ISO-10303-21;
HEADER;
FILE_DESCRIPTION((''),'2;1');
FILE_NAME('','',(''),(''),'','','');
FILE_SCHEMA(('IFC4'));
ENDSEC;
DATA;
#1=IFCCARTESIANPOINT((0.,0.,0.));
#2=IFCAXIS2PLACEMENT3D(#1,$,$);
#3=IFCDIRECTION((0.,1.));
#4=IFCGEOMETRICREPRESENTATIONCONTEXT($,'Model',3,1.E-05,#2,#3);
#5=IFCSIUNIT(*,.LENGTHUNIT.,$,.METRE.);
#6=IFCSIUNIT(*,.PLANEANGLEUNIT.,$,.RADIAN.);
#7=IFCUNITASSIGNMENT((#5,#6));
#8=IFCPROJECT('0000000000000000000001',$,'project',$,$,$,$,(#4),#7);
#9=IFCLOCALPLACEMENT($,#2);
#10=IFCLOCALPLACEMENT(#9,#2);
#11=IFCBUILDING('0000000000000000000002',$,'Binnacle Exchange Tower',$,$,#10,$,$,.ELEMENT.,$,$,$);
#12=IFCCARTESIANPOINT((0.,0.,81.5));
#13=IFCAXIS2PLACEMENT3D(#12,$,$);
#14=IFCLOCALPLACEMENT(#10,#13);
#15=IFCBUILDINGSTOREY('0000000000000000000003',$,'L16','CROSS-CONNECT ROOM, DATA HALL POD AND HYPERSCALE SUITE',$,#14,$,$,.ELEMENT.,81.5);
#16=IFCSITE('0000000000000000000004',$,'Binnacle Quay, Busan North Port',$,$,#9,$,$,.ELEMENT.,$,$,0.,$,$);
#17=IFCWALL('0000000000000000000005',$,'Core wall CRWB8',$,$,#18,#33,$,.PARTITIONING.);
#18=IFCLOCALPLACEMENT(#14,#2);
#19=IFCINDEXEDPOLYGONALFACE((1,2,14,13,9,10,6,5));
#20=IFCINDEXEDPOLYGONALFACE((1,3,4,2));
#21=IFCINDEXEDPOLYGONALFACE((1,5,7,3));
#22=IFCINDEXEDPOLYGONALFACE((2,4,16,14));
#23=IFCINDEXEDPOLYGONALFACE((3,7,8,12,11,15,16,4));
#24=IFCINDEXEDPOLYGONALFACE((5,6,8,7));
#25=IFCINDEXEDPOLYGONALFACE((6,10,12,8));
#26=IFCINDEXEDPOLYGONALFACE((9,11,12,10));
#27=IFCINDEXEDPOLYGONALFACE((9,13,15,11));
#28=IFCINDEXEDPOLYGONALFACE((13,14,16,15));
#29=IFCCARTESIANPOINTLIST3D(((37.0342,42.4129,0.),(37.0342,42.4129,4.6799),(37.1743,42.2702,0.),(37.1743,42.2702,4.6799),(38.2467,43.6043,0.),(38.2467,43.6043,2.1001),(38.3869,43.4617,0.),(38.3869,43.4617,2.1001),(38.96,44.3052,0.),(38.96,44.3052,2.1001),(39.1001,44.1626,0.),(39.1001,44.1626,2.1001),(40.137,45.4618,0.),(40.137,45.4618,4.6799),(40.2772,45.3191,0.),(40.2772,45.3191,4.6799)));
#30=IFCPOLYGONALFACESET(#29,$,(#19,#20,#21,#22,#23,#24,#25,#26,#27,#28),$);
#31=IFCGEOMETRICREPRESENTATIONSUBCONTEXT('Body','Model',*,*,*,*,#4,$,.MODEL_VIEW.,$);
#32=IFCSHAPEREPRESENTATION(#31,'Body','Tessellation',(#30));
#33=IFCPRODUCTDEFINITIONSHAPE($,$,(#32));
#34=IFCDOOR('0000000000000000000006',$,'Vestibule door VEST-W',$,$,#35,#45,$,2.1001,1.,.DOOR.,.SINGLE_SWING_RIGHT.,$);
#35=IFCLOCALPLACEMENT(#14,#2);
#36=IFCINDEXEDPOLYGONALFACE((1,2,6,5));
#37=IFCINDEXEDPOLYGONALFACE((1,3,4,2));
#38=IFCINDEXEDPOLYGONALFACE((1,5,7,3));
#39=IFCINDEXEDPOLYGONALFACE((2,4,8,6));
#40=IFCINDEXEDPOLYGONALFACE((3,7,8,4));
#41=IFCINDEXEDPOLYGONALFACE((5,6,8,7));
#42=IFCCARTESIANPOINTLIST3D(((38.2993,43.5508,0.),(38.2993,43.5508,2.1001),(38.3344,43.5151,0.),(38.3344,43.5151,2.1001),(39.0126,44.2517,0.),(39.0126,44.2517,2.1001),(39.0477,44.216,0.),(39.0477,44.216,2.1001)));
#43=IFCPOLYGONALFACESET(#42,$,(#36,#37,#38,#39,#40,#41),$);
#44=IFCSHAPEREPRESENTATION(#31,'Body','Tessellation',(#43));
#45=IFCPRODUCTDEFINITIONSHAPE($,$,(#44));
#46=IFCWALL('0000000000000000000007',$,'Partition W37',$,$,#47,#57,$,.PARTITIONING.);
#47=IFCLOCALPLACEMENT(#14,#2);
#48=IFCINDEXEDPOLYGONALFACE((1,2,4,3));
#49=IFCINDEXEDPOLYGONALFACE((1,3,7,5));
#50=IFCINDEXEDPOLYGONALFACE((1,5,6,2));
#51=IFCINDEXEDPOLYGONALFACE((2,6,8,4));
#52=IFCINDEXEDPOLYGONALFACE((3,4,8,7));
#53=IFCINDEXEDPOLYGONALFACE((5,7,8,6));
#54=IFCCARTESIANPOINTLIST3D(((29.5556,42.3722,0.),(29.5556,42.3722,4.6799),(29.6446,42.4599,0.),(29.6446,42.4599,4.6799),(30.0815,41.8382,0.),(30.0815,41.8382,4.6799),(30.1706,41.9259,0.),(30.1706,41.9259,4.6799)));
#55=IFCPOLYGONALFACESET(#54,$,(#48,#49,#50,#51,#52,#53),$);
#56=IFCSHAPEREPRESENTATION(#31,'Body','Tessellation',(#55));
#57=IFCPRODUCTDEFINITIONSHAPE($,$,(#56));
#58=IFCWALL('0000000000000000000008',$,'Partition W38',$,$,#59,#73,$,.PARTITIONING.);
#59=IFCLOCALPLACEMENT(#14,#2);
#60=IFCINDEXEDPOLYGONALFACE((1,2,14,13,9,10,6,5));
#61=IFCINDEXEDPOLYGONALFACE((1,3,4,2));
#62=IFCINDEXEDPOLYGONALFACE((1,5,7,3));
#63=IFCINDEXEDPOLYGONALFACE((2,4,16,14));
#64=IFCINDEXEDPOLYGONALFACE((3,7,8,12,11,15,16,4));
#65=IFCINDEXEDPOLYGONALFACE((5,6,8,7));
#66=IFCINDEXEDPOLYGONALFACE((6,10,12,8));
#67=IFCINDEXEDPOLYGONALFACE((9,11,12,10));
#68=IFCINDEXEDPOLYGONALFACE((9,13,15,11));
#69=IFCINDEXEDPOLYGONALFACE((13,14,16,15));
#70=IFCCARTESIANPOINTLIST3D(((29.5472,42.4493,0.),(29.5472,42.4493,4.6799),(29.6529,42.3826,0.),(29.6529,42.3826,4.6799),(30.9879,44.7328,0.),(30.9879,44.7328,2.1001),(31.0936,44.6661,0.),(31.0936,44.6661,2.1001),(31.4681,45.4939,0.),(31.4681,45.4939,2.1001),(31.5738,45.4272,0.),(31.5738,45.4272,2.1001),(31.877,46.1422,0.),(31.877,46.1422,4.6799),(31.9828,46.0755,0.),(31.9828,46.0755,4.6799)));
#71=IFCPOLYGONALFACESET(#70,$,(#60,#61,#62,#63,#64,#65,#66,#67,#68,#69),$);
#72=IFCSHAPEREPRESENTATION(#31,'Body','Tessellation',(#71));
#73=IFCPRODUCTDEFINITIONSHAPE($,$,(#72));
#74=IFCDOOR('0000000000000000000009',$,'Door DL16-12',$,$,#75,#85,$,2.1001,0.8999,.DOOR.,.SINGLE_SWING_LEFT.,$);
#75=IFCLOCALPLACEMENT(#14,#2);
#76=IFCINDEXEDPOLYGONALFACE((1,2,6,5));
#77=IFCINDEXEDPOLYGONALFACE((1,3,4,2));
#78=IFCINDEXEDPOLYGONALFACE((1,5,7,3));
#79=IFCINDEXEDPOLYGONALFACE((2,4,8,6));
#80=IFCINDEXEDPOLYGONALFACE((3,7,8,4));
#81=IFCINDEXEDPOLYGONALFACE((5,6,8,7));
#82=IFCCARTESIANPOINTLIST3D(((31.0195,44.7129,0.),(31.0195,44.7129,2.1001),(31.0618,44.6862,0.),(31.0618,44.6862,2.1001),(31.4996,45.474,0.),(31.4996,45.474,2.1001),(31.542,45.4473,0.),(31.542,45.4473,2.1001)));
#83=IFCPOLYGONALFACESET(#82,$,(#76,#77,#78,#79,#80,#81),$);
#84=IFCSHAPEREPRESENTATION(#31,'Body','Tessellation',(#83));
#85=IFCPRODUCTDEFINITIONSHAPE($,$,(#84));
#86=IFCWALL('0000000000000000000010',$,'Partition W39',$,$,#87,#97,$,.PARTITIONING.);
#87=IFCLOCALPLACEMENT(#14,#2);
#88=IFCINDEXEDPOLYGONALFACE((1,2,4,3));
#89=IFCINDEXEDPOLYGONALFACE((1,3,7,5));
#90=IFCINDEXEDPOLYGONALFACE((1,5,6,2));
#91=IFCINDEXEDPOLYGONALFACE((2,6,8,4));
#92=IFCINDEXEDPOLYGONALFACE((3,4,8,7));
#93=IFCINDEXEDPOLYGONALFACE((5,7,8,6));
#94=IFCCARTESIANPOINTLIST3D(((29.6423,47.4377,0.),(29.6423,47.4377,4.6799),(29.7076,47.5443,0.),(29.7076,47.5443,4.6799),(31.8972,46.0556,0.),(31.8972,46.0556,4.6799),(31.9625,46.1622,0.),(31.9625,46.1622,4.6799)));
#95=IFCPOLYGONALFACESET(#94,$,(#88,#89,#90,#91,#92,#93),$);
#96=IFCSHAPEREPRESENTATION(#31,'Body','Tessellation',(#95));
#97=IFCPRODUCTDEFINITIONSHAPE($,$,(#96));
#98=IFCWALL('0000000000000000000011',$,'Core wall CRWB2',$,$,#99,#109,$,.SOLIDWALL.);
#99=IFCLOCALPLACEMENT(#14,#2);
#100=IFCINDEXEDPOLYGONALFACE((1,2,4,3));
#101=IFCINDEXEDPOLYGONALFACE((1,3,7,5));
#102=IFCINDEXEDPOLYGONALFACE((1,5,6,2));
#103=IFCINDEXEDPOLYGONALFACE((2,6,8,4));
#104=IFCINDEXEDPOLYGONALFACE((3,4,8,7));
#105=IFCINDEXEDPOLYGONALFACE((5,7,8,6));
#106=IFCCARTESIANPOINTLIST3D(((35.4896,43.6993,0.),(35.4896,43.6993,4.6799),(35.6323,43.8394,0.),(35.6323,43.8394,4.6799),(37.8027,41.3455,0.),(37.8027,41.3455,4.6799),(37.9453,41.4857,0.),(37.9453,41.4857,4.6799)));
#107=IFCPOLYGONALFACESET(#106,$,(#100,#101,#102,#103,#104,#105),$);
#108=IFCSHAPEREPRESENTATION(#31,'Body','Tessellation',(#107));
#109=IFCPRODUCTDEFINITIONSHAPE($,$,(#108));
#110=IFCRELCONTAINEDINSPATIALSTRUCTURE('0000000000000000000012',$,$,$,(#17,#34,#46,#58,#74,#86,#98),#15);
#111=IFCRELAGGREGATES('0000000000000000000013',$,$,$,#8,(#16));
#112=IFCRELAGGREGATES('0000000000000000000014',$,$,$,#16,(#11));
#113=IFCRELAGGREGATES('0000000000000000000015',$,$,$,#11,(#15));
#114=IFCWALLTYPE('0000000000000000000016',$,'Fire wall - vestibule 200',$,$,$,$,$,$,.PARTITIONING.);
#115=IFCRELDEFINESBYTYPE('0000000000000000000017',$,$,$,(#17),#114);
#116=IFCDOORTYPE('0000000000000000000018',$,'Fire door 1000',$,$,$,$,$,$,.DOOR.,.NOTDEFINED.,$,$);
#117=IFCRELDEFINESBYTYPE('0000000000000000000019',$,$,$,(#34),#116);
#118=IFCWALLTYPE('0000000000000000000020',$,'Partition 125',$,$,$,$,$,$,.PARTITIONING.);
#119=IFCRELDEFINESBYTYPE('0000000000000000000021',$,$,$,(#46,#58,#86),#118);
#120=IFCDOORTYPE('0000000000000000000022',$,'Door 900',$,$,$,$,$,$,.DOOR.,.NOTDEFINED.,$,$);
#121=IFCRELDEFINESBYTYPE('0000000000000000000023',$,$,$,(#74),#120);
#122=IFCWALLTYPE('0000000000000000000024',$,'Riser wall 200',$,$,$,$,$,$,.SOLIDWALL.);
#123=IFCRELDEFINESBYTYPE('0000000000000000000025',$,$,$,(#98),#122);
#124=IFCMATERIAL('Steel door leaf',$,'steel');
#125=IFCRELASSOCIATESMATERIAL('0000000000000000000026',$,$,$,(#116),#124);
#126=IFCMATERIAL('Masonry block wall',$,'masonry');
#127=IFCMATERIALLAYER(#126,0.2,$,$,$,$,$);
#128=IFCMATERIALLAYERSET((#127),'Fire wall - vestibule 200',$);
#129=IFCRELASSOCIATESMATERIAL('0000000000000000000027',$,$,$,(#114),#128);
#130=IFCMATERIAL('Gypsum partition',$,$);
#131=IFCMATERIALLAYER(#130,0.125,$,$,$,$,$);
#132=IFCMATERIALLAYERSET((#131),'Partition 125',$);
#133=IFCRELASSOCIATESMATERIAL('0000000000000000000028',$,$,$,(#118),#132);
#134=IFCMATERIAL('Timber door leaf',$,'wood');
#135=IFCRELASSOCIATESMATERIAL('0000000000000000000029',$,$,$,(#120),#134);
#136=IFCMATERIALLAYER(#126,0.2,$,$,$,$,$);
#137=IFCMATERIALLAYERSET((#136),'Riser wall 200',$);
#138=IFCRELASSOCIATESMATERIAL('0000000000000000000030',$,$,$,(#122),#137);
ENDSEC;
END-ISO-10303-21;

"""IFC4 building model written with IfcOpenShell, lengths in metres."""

from ifc_helpers import new_model, si_unit, direction, frame, frame_2d, origin, place, context, subcontext, project, spatial, rectangle, extrude, material, layer, layer_set, type_object, element, fill, save


model = new_model("IFC4")

# Units and contexts
model_context = context("Model", 3, precision=1e-05, world=origin(), true_north=direction((0.0, 1.0)))
body_context = subcontext(model_context, "Body", "Model", "MODEL_VIEW")
ifc_project = project(units=[si_unit("LENGTHUNIT", "METRE"), si_unit("PLANEANGLEUNIT", "RADIAN")], contexts=[model_context])

# Site, building, storey
site_placement = place(None, origin())
site = spatial("IfcSite", under=ifc_project, at=site_placement, Name="Binnacle Quay, Busan North Port", CompositionType="ELEMENT", RefElevation=0.0)
building_placement = place(site_placement, origin())
building = spatial("IfcBuilding", under=site, at=building_placement, Name="Binnacle Exchange Tower", CompositionType="ELEMENT")
storey_placement = place(building_placement, frame((0.0, 0.0, 81.5)))
storey = spatial("IfcBuildingStorey", under=building, at=storey_placement, Name="L16", Description="CROSS-CONNECT ROOM, DATA HALL POD AND HYPERSCALE SUITE", CompositionType="ELEMENT", Elevation=81.5)

# Shared definitions
ifc_material_1 = material(Name="Steel door leaf", Category="steel")
door_type_1 = type_object("IfcDoorType", Name="Fire door 1000", OperationType="NOTDEFINED", PredefinedType="DOOR", material=ifc_material_1)

# Wall, opening, door
ifc_material_2 = material(Name="Masonry block wall", Category="masonry")
ifc_layer_1 = layer(ifc_material_2, 0.2)
ifc_layer_set_1 = layer_set([ifc_layer_1], Name="Fire wall - vestibule 200")
wall_type_1 = type_object("IfcWallType", Name="Fire wall - vestibule 200", PredefinedType="PARTITIONING", material=ifc_layer_set_1)
wall_1_placement = place(storey_placement, frame((37.1042, 42.3416, 0.0), z_axis=(0.0, 0.0, 1.0), x_axis=(0.713281, 0.700878, 0.0)))
wall_1 = element("IfcWall", 1, at=wall_1_placement, inside=storey, type_object=wall_type_1, Name="Core wall CRWB8", PredefinedType="PARTITIONING", context=body_context, shape_type="SweptSolid", body=[
    extrude(rectangle(XDim=4.3501, YDim=0.2, at=frame_2d((2.175, 0.0))), origin(), (0.0, 0.0, 1.0), 4.6799),
])
opening_1_placement = place(wall_1_placement, frame((1.7, 0.0, 0.0)))
opening_1 = element("IfcOpeningElement", 2, at=opening_1_placement, cuts=wall_1, PredefinedType="OPENING", context=body_context, shape_type="SweptSolid", body=[
    extrude(rectangle(XDim=1.0, YDim=2.1001, at=frame_2d((0.5, 1.05))), frame((0.0, 0.1099, 0.0), z_axis=(0.0, -1.0, 0.0), x_axis=(1.0, 0.0, 0.0)), (0.0, 0.0, 1.0), 0.22),
])
door_1_placement = place(opening_1_placement, origin())
door_1 = element("IfcDoor", 3, at=door_1_placement, inside=storey, type_object=door_type_1, Name="Vestibule door VEST-W", OperationType="SINGLE_SWING_RIGHT", OverallHeight=2.1001, OverallWidth=1.0, PredefinedType="DOOR", context=body_context, shape_type="SweptSolid", body=[
    extrude(rectangle(XDim=1.0, YDim=2.1001, at=frame_2d((0.5, 1.05))), frame((0.0, 0.0249, 0.0), z_axis=(0.0, -1.0, 0.0), x_axis=(1.0, 0.0, 0.0)), (0.0, 0.0, 1.0), 0.05),
])
fill(opening_1, door_1)

# Wall
ifc_material_3 = material(Name="Gypsum partition")
ifc_layer_2 = layer(ifc_material_3, 0.125)
ifc_layer_set_2 = layer_set([ifc_layer_2], Name="Partition 125")
wall_type_2 = type_object("IfcWallType", Name="Partition 125", PredefinedType="PARTITIONING", material=ifc_layer_set_2)
wall_2_placement = place(storey_placement, frame((29.6001, 42.416, 0.0), z_axis=(0.0, 0.0, 1.0), x_axis=(0.701711, -0.712462, 0.0)))
element("IfcWall", 4, at=wall_2_placement, inside=storey, type_object=wall_type_2, Name="Partition W37", PredefinedType="PARTITIONING", context=body_context, shape_type="SweptSolid", body=[
    extrude(rectangle(XDim=0.7495, YDim=0.125, at=frame_2d((0.3748, 0.0))), origin(), (0.0, 0.0, 1.0), 4.6799),
])

# Wall, opening, door
wall_3_placement = place(storey_placement, frame((29.6001, 42.416, 0.0), z_axis=(0.0, 0.0, 1.0), x_axis=(0.533583, 0.845748, 0.0)))
wall_3 = element("IfcWall", 5, at=wall_3_placement, inside=storey, type_object=wall_type_2, Name="Partition W38", PredefinedType="PARTITIONING", context=body_context, shape_type="SweptSolid", body=[
    extrude(rectangle(XDim=4.3665, YDim=0.125, at=frame_2d((2.1831, 0.0))), origin(), (0.0, 0.0, 1.0), 4.6799),
])
opening_2_placement = place(wall_3_placement, frame((2.7, 0.0, 0.0)))
opening_2 = element("IfcOpeningElement", 6, at=opening_2_placement, cuts=wall_3, PredefinedType="OPENING", context=body_context, shape_type="SweptSolid", body=[
    extrude(rectangle(XDim=0.8999, YDim=2.1001, at=frame_2d((0.45, 1.05))), frame((0.0, 0.0725, 0.0), z_axis=(0.0, -1.0, 0.0), x_axis=(1.0, 0.0, 0.0)), (0.0, 0.0, 1.0), 0.145),
])
ifc_material_4 = material(Name="Timber door leaf", Category="wood")
door_type_2 = type_object("IfcDoorType", Name="Door 900", OperationType="NOTDEFINED", PredefinedType="DOOR", material=ifc_material_4)
door_2_placement = place(opening_2_placement, frame((0.8999, 0.0, 0.0), z_axis=(0.0, 0.0, 1.0), x_axis=(-1.0, 0.0, 0.0)))
door_2 = element("IfcDoor", 7, at=door_2_placement, inside=storey, type_object=door_type_2, Name="Door DL16-12", OperationType="SINGLE_SWING_LEFT", OverallHeight=2.1001, OverallWidth=0.8999, PredefinedType="DOOR", context=body_context, shape_type="SweptSolid", body=[
    extrude(rectangle(XDim=0.8999, YDim=2.1001, at=frame_2d((0.45, 1.05))), frame((0.0, 0.0249, 0.0), z_axis=(0.0, -1.0, 0.0), x_axis=(1.0, 0.0, 0.0)), (0.0, 0.0, 1.0), 0.05),
])
fill(opening_2, door_2)

# Walls
wall_4_placement = place(storey_placement, frame((29.675, 47.491, 0.0), z_axis=(0.0, 0.0, 1.0), x_axis=(0.852592, -0.522577, 0.0)))
element("IfcWall", 8, at=wall_4_placement, inside=storey, type_object=wall_type_2, Name="Partition W39", PredefinedType="PARTITIONING", context=body_context, shape_type="SweptSolid", body=[
    extrude(rectangle(XDim=2.6448, YDim=0.125, at=frame_2d((1.3223, 0.0))), origin(), (0.0, 0.0, 1.0), 4.6799),
])
ifc_layer_3 = layer(ifc_material_2, 0.2)
ifc_layer_set_3 = layer_set([ifc_layer_3], Name="Riser wall 200")
wall_type_3 = type_object("IfcWallType", Name="Riser wall 200", PredefinedType="SOLIDWALL", material=ifc_layer_set_3)
wall_5_placement = place(storey_placement, frame((35.561, 43.7693, 0.0), z_axis=(0.0, 0.0, 1.0), x_axis=(0.700902, -0.713257, 0.0)))
element("IfcWall", 9, at=wall_5_placement, inside=storey, type_object=wall_type_3, Name="Core wall CRWB2", PredefinedType="SOLIDWALL", context=body_context, shape_type="SweptSolid", body=[
    extrude(rectangle(XDim=3.3, YDim=0.2, at=frame_2d((1.6499, 0.0))), origin(), (0.0, 0.0, 1.0), 4.6799),
])

save(model, "model.ifc")
